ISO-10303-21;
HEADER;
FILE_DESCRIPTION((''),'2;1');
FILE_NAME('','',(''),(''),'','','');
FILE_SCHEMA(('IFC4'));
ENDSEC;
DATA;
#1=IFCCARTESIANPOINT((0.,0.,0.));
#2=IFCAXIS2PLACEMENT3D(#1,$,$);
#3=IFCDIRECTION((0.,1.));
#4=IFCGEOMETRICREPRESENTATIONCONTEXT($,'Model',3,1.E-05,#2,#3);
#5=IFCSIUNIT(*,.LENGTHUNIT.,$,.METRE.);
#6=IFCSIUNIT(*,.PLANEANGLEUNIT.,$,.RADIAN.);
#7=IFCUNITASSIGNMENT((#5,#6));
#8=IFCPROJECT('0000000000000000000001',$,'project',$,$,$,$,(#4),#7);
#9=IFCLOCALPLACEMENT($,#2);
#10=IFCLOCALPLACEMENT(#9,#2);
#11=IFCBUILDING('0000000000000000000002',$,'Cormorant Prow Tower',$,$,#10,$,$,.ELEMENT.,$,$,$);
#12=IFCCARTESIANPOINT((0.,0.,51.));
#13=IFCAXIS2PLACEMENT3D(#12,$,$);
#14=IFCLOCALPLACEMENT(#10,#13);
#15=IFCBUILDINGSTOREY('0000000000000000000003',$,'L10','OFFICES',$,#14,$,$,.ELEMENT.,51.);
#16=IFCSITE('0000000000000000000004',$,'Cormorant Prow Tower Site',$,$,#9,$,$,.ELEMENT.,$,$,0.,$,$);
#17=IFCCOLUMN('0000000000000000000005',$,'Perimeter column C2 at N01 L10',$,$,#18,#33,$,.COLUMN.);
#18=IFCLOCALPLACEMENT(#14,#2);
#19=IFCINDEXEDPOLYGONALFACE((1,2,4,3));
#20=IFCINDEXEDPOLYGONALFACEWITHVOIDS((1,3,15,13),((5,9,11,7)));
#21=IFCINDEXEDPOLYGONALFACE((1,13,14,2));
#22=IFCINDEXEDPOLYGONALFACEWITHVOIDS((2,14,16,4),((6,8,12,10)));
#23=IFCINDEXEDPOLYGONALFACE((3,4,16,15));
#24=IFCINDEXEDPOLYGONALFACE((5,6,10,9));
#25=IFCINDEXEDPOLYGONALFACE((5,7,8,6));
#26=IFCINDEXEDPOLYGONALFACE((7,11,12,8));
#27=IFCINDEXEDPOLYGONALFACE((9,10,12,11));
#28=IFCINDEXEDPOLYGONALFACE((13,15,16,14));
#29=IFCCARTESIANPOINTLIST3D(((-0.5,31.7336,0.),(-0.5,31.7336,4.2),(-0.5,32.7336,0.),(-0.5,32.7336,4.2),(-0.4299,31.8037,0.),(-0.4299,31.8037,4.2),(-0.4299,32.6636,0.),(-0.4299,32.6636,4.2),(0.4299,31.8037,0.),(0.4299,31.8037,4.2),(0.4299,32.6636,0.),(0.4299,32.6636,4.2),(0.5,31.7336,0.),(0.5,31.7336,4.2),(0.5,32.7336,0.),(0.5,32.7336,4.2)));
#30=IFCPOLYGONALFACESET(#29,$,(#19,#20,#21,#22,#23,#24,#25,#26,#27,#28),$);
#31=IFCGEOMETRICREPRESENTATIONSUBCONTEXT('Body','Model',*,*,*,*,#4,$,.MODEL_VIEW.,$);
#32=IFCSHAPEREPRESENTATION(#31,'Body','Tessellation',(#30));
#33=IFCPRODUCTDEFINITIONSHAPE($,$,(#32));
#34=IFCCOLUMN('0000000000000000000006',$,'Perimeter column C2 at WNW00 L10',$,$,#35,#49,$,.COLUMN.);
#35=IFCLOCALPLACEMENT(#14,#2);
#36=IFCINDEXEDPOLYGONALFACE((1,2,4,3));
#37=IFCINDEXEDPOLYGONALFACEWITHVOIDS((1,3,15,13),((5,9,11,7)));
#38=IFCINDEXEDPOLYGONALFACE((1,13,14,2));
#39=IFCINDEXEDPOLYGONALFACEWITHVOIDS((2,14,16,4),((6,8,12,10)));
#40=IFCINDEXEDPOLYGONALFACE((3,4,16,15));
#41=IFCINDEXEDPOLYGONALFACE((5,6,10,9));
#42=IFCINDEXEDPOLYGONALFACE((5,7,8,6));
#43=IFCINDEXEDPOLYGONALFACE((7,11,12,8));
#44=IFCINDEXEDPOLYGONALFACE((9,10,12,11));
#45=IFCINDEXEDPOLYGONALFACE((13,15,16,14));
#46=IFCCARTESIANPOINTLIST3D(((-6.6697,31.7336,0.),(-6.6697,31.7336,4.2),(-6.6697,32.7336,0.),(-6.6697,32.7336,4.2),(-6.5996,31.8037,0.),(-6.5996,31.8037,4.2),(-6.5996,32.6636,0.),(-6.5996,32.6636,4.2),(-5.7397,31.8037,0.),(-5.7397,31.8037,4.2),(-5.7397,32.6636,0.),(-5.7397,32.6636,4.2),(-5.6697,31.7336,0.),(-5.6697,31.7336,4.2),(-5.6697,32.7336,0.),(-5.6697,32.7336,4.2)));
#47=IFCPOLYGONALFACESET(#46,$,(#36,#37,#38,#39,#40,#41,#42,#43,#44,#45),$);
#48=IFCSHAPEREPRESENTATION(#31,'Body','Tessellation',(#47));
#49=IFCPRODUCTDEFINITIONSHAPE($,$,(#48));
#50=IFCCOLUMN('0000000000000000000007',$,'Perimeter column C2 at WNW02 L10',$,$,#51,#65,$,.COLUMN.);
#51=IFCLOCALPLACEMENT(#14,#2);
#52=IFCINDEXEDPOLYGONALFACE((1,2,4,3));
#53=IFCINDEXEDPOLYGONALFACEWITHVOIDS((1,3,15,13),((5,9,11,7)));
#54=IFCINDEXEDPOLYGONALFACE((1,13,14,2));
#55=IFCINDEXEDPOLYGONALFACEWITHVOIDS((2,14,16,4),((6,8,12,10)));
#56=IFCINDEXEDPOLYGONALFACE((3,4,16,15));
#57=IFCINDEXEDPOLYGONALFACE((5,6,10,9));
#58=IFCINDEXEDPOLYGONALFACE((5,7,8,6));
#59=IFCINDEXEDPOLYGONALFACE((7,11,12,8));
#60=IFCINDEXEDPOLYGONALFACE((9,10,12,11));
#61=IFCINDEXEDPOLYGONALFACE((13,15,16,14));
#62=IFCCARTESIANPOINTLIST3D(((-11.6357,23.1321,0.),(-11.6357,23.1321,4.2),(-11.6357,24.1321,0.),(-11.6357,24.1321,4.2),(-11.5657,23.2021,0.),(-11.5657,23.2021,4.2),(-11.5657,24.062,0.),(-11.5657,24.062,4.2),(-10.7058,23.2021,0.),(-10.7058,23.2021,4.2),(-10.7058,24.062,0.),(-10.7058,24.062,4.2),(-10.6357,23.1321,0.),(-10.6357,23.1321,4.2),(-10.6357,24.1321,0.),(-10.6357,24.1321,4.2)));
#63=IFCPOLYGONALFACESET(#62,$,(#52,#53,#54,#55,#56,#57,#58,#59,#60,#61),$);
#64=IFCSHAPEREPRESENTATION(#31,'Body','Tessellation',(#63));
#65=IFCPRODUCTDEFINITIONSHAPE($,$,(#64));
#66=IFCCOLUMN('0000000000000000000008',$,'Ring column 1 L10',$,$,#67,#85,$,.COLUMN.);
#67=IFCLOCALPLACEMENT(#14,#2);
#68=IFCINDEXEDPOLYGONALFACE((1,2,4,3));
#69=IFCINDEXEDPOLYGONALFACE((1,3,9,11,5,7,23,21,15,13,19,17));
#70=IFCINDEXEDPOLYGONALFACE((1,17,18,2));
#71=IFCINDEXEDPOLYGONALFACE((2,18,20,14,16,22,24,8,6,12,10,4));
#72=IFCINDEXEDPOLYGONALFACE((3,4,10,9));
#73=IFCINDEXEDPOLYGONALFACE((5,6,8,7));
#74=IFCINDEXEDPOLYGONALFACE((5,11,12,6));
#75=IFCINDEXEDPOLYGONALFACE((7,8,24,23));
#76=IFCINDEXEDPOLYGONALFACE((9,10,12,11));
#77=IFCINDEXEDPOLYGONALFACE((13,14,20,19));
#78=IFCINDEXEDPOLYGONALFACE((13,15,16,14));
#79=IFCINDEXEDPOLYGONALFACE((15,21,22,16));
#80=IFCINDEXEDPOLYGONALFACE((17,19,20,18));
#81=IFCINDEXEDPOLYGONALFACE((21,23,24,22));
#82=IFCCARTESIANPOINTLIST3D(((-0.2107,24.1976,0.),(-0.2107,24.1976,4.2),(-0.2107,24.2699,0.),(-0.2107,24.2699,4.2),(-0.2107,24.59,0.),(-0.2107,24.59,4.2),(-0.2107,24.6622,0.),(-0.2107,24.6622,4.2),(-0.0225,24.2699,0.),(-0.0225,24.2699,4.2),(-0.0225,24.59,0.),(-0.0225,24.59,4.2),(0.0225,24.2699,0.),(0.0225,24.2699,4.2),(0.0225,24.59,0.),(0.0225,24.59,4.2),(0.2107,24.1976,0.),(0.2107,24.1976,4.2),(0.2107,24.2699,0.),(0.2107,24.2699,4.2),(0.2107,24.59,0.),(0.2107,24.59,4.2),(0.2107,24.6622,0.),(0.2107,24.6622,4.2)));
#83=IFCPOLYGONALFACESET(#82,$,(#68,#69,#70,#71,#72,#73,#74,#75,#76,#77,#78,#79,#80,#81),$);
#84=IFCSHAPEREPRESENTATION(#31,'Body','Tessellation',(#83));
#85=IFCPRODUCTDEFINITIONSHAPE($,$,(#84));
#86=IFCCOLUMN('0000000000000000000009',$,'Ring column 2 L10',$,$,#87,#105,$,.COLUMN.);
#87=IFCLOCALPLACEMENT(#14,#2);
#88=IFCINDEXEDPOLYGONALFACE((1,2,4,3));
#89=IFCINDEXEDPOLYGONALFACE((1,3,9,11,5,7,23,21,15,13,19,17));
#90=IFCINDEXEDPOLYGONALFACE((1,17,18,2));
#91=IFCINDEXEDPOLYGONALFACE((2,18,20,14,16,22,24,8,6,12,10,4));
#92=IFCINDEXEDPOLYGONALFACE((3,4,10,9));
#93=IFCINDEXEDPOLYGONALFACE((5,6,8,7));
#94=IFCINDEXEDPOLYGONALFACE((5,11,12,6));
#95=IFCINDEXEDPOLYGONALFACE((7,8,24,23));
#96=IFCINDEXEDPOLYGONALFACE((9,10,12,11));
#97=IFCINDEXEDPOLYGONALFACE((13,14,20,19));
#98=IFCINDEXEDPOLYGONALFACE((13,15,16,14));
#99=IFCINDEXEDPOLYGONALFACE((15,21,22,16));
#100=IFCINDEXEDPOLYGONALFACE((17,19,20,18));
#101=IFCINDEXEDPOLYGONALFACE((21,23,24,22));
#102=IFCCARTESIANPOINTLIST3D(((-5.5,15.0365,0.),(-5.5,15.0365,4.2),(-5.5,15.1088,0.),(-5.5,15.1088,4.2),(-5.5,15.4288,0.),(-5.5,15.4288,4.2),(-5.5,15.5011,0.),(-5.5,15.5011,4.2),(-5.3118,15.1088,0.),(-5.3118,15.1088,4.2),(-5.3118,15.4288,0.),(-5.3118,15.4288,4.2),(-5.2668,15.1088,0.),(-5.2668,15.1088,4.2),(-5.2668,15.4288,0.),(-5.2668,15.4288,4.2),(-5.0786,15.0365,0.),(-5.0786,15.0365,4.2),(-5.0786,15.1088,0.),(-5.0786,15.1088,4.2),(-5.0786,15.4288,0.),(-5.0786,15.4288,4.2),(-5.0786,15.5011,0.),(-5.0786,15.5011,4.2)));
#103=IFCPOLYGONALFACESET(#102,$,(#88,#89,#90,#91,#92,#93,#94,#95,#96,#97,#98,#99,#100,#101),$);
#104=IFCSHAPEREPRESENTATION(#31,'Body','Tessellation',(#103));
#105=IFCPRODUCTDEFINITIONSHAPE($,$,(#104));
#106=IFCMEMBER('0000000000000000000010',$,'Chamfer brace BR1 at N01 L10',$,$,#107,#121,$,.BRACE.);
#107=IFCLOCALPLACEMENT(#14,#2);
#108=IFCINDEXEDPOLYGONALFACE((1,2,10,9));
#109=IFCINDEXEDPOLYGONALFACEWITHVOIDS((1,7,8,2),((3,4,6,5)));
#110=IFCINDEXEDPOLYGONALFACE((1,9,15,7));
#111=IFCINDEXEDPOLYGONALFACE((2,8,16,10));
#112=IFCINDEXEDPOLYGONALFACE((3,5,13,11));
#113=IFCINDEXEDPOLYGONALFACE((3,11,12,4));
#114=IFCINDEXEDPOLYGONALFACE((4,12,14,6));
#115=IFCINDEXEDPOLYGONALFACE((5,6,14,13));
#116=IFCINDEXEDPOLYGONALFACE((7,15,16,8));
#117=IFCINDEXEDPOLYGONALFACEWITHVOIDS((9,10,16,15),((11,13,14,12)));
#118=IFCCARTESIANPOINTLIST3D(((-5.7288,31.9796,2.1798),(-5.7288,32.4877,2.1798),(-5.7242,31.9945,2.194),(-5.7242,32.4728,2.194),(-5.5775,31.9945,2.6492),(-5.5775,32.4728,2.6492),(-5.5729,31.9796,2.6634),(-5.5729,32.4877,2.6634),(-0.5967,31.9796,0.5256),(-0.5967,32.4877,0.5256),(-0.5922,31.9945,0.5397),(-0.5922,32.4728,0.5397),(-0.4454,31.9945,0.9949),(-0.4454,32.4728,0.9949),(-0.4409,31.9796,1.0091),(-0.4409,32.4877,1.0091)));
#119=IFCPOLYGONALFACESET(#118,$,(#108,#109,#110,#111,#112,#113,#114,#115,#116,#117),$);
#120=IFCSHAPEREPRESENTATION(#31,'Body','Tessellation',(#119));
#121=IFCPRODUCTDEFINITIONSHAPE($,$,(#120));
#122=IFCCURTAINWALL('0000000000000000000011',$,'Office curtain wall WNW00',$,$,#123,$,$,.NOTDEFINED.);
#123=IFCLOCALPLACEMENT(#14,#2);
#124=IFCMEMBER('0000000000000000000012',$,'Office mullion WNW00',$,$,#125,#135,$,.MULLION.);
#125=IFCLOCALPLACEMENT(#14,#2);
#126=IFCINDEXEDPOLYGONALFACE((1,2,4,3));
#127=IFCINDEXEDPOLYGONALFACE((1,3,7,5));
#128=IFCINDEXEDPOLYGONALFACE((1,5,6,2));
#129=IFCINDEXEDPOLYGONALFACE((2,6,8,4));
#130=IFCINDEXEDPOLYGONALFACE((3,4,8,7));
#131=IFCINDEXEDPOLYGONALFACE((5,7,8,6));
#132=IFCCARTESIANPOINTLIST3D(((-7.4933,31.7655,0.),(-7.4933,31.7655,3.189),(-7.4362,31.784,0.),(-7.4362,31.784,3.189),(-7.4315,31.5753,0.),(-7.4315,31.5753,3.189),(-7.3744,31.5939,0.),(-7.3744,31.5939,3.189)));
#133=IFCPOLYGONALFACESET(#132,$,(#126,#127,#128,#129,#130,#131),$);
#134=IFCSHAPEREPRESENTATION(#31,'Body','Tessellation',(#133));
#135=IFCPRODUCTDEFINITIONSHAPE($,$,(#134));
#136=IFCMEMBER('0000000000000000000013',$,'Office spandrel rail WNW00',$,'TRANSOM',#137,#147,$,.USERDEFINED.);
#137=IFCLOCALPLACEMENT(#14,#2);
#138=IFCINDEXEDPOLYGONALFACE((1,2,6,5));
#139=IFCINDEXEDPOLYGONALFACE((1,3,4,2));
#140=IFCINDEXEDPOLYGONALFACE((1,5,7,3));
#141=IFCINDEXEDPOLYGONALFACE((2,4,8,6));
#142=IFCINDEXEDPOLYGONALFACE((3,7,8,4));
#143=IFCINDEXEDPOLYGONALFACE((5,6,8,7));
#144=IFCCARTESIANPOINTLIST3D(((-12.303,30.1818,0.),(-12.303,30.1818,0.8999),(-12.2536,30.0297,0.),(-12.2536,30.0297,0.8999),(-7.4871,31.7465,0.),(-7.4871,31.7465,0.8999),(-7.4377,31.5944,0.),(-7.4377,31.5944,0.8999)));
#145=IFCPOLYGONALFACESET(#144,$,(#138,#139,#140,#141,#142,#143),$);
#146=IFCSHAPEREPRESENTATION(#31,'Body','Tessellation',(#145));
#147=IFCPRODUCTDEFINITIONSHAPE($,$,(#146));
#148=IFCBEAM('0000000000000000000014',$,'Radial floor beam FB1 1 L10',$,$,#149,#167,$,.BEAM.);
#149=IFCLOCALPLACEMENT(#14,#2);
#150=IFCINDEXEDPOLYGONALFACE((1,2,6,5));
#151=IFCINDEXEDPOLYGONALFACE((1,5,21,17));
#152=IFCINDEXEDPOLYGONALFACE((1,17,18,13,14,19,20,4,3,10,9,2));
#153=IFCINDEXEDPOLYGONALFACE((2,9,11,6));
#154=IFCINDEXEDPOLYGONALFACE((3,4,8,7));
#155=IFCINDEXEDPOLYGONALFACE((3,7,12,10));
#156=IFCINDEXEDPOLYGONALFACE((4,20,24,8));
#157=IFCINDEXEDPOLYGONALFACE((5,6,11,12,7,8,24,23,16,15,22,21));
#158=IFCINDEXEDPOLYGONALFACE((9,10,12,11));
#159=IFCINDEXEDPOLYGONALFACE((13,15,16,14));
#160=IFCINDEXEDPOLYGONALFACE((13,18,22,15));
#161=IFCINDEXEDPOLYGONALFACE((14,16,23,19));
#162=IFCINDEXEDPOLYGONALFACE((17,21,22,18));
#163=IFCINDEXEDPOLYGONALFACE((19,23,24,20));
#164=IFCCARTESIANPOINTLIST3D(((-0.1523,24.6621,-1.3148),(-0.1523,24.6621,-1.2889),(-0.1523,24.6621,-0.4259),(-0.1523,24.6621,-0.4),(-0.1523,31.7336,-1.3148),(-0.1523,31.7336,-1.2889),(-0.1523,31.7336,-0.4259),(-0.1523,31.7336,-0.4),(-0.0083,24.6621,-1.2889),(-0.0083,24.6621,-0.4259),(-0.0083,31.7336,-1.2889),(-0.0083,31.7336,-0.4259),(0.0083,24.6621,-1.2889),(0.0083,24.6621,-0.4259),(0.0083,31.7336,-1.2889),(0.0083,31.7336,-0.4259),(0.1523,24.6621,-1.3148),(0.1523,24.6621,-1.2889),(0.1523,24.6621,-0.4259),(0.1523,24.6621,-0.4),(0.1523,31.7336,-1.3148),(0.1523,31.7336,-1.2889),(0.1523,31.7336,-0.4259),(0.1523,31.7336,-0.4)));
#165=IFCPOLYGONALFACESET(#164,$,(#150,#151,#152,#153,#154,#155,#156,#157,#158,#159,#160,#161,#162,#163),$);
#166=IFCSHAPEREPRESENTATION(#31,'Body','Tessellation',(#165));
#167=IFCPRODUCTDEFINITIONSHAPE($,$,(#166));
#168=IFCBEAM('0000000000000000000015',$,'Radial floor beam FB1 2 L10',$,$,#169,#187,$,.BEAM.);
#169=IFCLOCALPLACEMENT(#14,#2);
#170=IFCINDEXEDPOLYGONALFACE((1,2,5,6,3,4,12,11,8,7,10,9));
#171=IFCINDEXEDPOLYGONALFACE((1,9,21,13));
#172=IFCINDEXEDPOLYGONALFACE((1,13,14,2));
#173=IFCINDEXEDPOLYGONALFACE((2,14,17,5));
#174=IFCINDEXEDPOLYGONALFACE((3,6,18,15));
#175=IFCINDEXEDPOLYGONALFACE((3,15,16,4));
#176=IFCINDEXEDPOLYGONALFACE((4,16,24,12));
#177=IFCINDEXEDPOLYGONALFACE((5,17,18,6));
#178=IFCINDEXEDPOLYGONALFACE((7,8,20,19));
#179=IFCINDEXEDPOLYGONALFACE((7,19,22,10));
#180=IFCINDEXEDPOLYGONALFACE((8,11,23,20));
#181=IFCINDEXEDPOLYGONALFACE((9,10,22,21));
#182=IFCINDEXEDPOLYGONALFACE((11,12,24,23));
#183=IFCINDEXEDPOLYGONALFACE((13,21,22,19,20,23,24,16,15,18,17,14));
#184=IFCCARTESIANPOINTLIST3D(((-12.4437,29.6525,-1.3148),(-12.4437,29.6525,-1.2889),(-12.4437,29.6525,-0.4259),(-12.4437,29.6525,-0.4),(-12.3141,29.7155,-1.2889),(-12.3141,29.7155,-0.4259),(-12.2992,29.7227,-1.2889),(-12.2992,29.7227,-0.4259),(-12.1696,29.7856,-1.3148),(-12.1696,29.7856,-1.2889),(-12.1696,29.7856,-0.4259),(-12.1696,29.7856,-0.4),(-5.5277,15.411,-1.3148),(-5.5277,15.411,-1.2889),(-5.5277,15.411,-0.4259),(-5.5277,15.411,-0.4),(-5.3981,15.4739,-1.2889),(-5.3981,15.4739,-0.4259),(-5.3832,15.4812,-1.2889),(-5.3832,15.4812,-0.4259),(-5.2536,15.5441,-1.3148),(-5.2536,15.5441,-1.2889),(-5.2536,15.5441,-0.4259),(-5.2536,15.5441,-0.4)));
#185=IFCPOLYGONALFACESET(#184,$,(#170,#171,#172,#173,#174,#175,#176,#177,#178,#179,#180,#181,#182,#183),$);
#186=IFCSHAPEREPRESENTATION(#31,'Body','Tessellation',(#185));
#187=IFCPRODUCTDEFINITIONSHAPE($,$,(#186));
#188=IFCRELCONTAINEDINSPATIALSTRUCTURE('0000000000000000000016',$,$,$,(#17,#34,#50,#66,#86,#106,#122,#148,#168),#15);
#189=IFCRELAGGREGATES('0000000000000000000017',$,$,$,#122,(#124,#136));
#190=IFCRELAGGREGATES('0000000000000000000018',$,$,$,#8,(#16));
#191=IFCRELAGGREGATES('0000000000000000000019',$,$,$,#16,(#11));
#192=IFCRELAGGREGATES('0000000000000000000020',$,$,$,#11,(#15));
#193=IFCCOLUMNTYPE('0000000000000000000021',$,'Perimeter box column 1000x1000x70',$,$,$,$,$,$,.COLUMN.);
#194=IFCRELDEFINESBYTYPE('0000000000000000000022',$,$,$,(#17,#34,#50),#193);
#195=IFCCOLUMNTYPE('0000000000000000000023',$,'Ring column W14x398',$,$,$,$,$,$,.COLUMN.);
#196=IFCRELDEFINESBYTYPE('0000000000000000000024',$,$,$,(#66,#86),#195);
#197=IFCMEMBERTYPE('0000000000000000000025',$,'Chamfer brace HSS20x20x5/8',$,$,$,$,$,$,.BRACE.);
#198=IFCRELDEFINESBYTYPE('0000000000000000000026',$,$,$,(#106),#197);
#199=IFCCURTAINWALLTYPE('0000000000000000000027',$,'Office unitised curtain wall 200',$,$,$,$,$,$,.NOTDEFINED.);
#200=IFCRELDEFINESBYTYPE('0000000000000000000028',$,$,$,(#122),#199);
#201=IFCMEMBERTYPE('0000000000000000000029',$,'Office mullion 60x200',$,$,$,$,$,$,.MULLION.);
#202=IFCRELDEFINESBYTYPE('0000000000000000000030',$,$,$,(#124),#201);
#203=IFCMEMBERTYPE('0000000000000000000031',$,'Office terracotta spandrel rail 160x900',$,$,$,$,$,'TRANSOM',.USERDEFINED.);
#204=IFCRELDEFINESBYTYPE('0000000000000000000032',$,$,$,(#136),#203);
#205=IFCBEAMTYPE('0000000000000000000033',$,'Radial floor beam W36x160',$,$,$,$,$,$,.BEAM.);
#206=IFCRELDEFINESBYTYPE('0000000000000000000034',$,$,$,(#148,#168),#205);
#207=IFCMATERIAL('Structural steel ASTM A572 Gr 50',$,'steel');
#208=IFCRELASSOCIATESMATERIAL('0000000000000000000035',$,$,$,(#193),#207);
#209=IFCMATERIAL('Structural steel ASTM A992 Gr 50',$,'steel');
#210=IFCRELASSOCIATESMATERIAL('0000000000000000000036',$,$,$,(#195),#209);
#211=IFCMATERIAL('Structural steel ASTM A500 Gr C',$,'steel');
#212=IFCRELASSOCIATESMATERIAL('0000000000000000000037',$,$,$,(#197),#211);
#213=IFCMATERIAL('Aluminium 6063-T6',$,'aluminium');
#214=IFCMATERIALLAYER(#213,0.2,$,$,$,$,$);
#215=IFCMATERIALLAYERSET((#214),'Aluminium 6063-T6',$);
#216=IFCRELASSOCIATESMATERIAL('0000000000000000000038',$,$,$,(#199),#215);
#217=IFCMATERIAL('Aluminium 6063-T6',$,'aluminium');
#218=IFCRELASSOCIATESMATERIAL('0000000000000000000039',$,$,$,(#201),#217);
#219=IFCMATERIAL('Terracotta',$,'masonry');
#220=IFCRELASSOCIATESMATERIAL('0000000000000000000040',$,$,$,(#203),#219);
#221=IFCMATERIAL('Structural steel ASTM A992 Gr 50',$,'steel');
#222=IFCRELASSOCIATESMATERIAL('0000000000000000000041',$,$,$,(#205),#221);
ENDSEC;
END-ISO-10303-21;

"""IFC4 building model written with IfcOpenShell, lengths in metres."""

from ifc_helpers import new_model, si_unit, direction, frame, origin, origin_2d, place, context, subcontext, project, spatial, rectangle, hollow_rectangle, i_section, extrude, material, layer, layer_set, material_profile, profile_set, type_object, element, aggregate, save


model = new_model("IFC4")

# Units and contexts
model_context = context("Model", 3, precision=1e-05, world=origin(), true_north=direction((0.0, 1.0)))
body_context = subcontext(model_context, "Body", "Model", "MODEL_VIEW")
ifc_project = project(units=[si_unit("LENGTHUNIT", "METRE"), si_unit("PLANEANGLEUNIT", "RADIAN")], contexts=[model_context])

# Site, building, storey
site_placement = place(None, origin())
site = spatial("IfcSite", under=ifc_project, at=site_placement, Name="Cormorant Prow Tower Site", CompositionType="ELEMENT", RefElevation=0.0)
building_placement = place(site_placement, origin())
building = spatial("IfcBuilding", under=site, at=building_placement, Name="Cormorant Prow Tower", CompositionType="ELEMENT")
storey_placement = place(building_placement, frame((0.0, 0.0, 51.0)))
storey = spatial("IfcBuildingStorey", under=building, at=storey_placement, Name="L10", Description="OFFICES", CompositionType="ELEMENT", Elevation=51.0)

# Columns
ifc_material_1 = material(Name="Structural steel ASTM A572 Gr 50", Category="steel")
ifc_material_profile_1 = material_profile(ifc_material_1, hollow_rectangle(XDim=1.0, YDim=1.0, WallThickness=0.0701, at=origin_2d()), Name="Box 1000x1000x70")
ifc_profile_set_1 = profile_set([ifc_material_profile_1], Name="Structural steel ASTM A572 Gr 50")
column_type_1 = type_object("IfcColumnType", Name="Perimeter box column 1000x1000x70", PredefinedType="COLUMN", material=ifc_profile_set_1)
for number, where, z_axis, x_axis, name in (
    (1, (0.0, 32.2336, 0.0), (0.0, 0.0, 1.0), (1.0, 0.0, 0.0), "Perimeter column C2 at N01 L10"),
    (2, (-6.1697, 32.2336, 0.0), (0.0, 0.0, 1.0), (1.0, 0.0, 0.0), "Perimeter column C2 at WNW00 L10"),
    (3, (-11.1357, 23.6321, 0.0), (0.0, 0.0, 1.0), (1.0, 0.0, 0.0), "Perimeter column C2 at WNW02 L10"),
):
    element("IfcColumn", number, at=place(storey_placement, frame(where, z_axis=z_axis, x_axis=x_axis)), inside=storey, type_object=column_type_1, Name=name, PredefinedType="COLUMN", context=body_context, shape_type="SweptSolid", body=[
        extrude(hollow_rectangle(XDim=1.0, YDim=1.0, WallThickness=0.0701, at=origin_2d()), origin(), (0.0, 0.0, 1.0), 4.2),
    ])
ifc_material_2 = material(Name="Structural steel ASTM A992 Gr 50", Category="steel")
ifc_material_profile_2 = material_profile(ifc_material_2, i_section(OverallWidth=0.4214, OverallDepth=0.4646, WebThickness=0.0449, FlangeThickness=0.0723, at=origin_2d()), Name="W14x398")
ifc_profile_set_2 = profile_set([ifc_material_profile_2], Name="Structural steel ASTM A992 Gr 50")
column_type_2 = type_object("IfcColumnType", Name="Ring column W14x398", PredefinedType="COLUMN", material=ifc_profile_set_2)
for number, where, z_axis, x_axis, name in (
    (4, (0.0, 24.4299, 0.0), (0.0, 0.0, 1.0), (1.0, 0.0, 0.0), "Ring column 1 L10"),
    (5, (-5.2893, 15.2688, 0.0), (0.0, 0.0, 1.0), (1.0, 0.0, 0.0), "Ring column 2 L10"),
):
    element("IfcColumn", number, at=place(storey_placement, frame(where, z_axis=z_axis, x_axis=x_axis)), inside=storey, type_object=column_type_2, Name=name, PredefinedType="COLUMN", context=body_context, shape_type="SweptSolid", body=[
        extrude(i_section(OverallWidth=0.4214, OverallDepth=0.4646, WebThickness=0.0449, FlangeThickness=0.0723, at=origin_2d()), origin(), (0.0, 0.0, 1.0), 4.2),
    ])

# Member
ifc_material_3 = material(Name="Structural steel ASTM A500 Gr C", Category="steel")
ifc_material_profile_3 = material_profile(ifc_material_3, hollow_rectangle(XDim=0.5081, YDim=0.5081, WallThickness=0.0149, at=origin_2d()), Name="HSS20x20x5/8")
ifc_profile_set_3 = profile_set([ifc_material_profile_3], Name="Structural steel ASTM A500 Gr C")
member_type_1 = type_object("IfcMemberType", Name="Chamfer brace HSS20x20x5/8", PredefinedType="BRACE", material=ifc_profile_set_3)
member_1_placement = place(storey_placement, frame((-0.5188, 32.2336, 0.7673), z_axis=(-0.951774, 0.0, 0.306799), x_axis=(0.0, -1.0, 0.0)))
element("IfcMember", 6, at=member_1_placement, inside=storey, type_object=member_type_1, Name="Chamfer brace BR1 at N01 L10", PredefinedType="BRACE", context=body_context, shape_type="SweptSolid", body=[
    extrude(hollow_rectangle(XDim=0.5081, YDim=0.5081, WallThickness=0.0149, at=origin_2d()), origin(), (0.0, 0.0, 1.0), 5.3921),
])

# Curtain wall, members
ifc_material_4 = material(Name="Aluminium 6063-T6", Category="aluminium")
ifc_layer_1 = layer(ifc_material_4, 0.2)
ifc_layer_set_1 = layer_set([ifc_layer_1], Name="Aluminium 6063-T6")
curtain_wall_type = type_object("IfcCurtainWallType", Name="Office unitised curtain wall 200", PredefinedType="NOTDEFINED", material=ifc_layer_set_1)
curtain_wall_placement = place(storey_placement, origin())
curtain_wall = element("IfcCurtainWall", 7, at=curtain_wall_placement, inside=storey, type_object=curtain_wall_type, Name="Office curtain wall WNW00", PredefinedType="NOTDEFINED")
ifc_material_5 = material(Name="Aluminium 6063-T6", Category="aluminium")
ifc_material_profile_4 = material_profile(ifc_material_5, rectangle(XDim=0.2, YDim=0.0601, at=origin_2d()), Name="Office mullion 60x200")
ifc_profile_set_4 = profile_set([ifc_material_profile_4], Name="Aluminium 6063-T6")
member_type_2 = type_object("IfcMemberType", Name="Office mullion 60x200", PredefinedType="MULLION", material=ifc_profile_set_4)
member_2_placement = place(storey_placement, frame((-7.4338, 31.6797, 0.0), z_axis=(0.0, 0.0, 1.0), x_axis=(0.309017, -0.951057, 0.0)))
member_2 = element("IfcMember", 8, at=member_2_placement, type_object=member_type_2, Name="Office mullion WNW00", PredefinedType="MULLION", context=body_context, shape_type="SweptSolid", body=[
    extrude(rectangle(XDim=0.2, YDim=0.0601, at=origin_2d()), origin(), (0.0, 0.0, 1.0), 3.189),
])
ifc_material_6 = material(Name="Terracotta", Category="masonry")
ifc_material_profile_5 = material_profile(ifc_material_6, rectangle(XDim=0.1599, YDim=0.8999, at=origin_2d()), Name="Office terracotta spandrel rail 160x900")
ifc_profile_set_5 = profile_set([ifc_material_profile_5], Name="Terracotta")
member_type_3 = type_object("IfcMemberType", Name="Office terracotta spandrel rail 160x900", ElementType="TRANSOM", PredefinedType="USERDEFINED", material=ifc_profile_set_5)
member_3_placement = place(storey_placement, frame((-7.4624, 31.6704, 0.45), z_axis=(-0.951062, -0.309001, 0.0), x_axis=(0.309001, -0.951062, 0.0)))
member_3 = element("IfcMember", 9, at=member_3_placement, type_object=member_type_3, Name="Office spandrel rail WNW00", ObjectType="TRANSOM", PredefinedType="USERDEFINED", context=body_context, shape_type="SweptSolid", body=[
    extrude(rectangle(XDim=0.1599, YDim=0.8999, at=origin_2d()), origin(), (0.0, 0.0, 1.0), 5.0637),
])

# Beams
ifc_material_7 = material(Name="Structural steel ASTM A992 Gr 50", Category="steel")
ifc_material_profile_6 = material_profile(ifc_material_7, i_section(OverallWidth=0.3047, OverallDepth=0.9148, WebThickness=0.0166, FlangeThickness=0.0259, at=origin_2d()), Name="W36x160")
ifc_profile_set_6 = profile_set([ifc_material_profile_6], Name="Structural steel ASTM A992 Gr 50")
beam_type_1 = type_object("IfcBeamType", Name="Radial floor beam W36x160", PredefinedType="BEAM", material=ifc_profile_set_6)
beam_1_placement = place(storey_placement, frame((0.0, 24.6621, -0.8574), z_axis=(0.0, 1.0, 0.0), x_axis=(-1.0, 0.0, 0.0)))
element("IfcBeam", 10, at=beam_1_placement, inside=storey, type_object=beam_type_1, Name="Radial floor beam FB1 1 L10", PredefinedType="BEAM", context=body_context, shape_type="SweptSolid", body=[
    extrude(i_section(OverallWidth=0.3047, OverallDepth=0.9148, WebThickness=0.0166, FlangeThickness=0.0259, at=origin_2d()), origin(), (0.0, 0.0, 1.0), 7.0715),
])
beam_2_placement = place(storey_placement, frame((-5.3906, 15.4775, -0.8574), z_axis=(-0.436839, 0.899539, 0.0), x_axis=(-0.899539, -0.436839, 0.0)))
element("IfcBeam", 11, at=beam_2_placement, inside=storey, type_object=beam_type_1, Name="Radial floor beam FB1 2 L10", PredefinedType="BEAM", context=body_context, shape_type="SweptSolid", body=[
    extrude(i_section(OverallWidth=0.3047, OverallDepth=0.9148, WebThickness=0.0166, FlangeThickness=0.0259, at=origin_2d()), origin(), (0.0, 0.0, 1.0), 15.832),
])

aggregate(curtain_wall, [member_2, member_3])

save(model, "model.ifc")
